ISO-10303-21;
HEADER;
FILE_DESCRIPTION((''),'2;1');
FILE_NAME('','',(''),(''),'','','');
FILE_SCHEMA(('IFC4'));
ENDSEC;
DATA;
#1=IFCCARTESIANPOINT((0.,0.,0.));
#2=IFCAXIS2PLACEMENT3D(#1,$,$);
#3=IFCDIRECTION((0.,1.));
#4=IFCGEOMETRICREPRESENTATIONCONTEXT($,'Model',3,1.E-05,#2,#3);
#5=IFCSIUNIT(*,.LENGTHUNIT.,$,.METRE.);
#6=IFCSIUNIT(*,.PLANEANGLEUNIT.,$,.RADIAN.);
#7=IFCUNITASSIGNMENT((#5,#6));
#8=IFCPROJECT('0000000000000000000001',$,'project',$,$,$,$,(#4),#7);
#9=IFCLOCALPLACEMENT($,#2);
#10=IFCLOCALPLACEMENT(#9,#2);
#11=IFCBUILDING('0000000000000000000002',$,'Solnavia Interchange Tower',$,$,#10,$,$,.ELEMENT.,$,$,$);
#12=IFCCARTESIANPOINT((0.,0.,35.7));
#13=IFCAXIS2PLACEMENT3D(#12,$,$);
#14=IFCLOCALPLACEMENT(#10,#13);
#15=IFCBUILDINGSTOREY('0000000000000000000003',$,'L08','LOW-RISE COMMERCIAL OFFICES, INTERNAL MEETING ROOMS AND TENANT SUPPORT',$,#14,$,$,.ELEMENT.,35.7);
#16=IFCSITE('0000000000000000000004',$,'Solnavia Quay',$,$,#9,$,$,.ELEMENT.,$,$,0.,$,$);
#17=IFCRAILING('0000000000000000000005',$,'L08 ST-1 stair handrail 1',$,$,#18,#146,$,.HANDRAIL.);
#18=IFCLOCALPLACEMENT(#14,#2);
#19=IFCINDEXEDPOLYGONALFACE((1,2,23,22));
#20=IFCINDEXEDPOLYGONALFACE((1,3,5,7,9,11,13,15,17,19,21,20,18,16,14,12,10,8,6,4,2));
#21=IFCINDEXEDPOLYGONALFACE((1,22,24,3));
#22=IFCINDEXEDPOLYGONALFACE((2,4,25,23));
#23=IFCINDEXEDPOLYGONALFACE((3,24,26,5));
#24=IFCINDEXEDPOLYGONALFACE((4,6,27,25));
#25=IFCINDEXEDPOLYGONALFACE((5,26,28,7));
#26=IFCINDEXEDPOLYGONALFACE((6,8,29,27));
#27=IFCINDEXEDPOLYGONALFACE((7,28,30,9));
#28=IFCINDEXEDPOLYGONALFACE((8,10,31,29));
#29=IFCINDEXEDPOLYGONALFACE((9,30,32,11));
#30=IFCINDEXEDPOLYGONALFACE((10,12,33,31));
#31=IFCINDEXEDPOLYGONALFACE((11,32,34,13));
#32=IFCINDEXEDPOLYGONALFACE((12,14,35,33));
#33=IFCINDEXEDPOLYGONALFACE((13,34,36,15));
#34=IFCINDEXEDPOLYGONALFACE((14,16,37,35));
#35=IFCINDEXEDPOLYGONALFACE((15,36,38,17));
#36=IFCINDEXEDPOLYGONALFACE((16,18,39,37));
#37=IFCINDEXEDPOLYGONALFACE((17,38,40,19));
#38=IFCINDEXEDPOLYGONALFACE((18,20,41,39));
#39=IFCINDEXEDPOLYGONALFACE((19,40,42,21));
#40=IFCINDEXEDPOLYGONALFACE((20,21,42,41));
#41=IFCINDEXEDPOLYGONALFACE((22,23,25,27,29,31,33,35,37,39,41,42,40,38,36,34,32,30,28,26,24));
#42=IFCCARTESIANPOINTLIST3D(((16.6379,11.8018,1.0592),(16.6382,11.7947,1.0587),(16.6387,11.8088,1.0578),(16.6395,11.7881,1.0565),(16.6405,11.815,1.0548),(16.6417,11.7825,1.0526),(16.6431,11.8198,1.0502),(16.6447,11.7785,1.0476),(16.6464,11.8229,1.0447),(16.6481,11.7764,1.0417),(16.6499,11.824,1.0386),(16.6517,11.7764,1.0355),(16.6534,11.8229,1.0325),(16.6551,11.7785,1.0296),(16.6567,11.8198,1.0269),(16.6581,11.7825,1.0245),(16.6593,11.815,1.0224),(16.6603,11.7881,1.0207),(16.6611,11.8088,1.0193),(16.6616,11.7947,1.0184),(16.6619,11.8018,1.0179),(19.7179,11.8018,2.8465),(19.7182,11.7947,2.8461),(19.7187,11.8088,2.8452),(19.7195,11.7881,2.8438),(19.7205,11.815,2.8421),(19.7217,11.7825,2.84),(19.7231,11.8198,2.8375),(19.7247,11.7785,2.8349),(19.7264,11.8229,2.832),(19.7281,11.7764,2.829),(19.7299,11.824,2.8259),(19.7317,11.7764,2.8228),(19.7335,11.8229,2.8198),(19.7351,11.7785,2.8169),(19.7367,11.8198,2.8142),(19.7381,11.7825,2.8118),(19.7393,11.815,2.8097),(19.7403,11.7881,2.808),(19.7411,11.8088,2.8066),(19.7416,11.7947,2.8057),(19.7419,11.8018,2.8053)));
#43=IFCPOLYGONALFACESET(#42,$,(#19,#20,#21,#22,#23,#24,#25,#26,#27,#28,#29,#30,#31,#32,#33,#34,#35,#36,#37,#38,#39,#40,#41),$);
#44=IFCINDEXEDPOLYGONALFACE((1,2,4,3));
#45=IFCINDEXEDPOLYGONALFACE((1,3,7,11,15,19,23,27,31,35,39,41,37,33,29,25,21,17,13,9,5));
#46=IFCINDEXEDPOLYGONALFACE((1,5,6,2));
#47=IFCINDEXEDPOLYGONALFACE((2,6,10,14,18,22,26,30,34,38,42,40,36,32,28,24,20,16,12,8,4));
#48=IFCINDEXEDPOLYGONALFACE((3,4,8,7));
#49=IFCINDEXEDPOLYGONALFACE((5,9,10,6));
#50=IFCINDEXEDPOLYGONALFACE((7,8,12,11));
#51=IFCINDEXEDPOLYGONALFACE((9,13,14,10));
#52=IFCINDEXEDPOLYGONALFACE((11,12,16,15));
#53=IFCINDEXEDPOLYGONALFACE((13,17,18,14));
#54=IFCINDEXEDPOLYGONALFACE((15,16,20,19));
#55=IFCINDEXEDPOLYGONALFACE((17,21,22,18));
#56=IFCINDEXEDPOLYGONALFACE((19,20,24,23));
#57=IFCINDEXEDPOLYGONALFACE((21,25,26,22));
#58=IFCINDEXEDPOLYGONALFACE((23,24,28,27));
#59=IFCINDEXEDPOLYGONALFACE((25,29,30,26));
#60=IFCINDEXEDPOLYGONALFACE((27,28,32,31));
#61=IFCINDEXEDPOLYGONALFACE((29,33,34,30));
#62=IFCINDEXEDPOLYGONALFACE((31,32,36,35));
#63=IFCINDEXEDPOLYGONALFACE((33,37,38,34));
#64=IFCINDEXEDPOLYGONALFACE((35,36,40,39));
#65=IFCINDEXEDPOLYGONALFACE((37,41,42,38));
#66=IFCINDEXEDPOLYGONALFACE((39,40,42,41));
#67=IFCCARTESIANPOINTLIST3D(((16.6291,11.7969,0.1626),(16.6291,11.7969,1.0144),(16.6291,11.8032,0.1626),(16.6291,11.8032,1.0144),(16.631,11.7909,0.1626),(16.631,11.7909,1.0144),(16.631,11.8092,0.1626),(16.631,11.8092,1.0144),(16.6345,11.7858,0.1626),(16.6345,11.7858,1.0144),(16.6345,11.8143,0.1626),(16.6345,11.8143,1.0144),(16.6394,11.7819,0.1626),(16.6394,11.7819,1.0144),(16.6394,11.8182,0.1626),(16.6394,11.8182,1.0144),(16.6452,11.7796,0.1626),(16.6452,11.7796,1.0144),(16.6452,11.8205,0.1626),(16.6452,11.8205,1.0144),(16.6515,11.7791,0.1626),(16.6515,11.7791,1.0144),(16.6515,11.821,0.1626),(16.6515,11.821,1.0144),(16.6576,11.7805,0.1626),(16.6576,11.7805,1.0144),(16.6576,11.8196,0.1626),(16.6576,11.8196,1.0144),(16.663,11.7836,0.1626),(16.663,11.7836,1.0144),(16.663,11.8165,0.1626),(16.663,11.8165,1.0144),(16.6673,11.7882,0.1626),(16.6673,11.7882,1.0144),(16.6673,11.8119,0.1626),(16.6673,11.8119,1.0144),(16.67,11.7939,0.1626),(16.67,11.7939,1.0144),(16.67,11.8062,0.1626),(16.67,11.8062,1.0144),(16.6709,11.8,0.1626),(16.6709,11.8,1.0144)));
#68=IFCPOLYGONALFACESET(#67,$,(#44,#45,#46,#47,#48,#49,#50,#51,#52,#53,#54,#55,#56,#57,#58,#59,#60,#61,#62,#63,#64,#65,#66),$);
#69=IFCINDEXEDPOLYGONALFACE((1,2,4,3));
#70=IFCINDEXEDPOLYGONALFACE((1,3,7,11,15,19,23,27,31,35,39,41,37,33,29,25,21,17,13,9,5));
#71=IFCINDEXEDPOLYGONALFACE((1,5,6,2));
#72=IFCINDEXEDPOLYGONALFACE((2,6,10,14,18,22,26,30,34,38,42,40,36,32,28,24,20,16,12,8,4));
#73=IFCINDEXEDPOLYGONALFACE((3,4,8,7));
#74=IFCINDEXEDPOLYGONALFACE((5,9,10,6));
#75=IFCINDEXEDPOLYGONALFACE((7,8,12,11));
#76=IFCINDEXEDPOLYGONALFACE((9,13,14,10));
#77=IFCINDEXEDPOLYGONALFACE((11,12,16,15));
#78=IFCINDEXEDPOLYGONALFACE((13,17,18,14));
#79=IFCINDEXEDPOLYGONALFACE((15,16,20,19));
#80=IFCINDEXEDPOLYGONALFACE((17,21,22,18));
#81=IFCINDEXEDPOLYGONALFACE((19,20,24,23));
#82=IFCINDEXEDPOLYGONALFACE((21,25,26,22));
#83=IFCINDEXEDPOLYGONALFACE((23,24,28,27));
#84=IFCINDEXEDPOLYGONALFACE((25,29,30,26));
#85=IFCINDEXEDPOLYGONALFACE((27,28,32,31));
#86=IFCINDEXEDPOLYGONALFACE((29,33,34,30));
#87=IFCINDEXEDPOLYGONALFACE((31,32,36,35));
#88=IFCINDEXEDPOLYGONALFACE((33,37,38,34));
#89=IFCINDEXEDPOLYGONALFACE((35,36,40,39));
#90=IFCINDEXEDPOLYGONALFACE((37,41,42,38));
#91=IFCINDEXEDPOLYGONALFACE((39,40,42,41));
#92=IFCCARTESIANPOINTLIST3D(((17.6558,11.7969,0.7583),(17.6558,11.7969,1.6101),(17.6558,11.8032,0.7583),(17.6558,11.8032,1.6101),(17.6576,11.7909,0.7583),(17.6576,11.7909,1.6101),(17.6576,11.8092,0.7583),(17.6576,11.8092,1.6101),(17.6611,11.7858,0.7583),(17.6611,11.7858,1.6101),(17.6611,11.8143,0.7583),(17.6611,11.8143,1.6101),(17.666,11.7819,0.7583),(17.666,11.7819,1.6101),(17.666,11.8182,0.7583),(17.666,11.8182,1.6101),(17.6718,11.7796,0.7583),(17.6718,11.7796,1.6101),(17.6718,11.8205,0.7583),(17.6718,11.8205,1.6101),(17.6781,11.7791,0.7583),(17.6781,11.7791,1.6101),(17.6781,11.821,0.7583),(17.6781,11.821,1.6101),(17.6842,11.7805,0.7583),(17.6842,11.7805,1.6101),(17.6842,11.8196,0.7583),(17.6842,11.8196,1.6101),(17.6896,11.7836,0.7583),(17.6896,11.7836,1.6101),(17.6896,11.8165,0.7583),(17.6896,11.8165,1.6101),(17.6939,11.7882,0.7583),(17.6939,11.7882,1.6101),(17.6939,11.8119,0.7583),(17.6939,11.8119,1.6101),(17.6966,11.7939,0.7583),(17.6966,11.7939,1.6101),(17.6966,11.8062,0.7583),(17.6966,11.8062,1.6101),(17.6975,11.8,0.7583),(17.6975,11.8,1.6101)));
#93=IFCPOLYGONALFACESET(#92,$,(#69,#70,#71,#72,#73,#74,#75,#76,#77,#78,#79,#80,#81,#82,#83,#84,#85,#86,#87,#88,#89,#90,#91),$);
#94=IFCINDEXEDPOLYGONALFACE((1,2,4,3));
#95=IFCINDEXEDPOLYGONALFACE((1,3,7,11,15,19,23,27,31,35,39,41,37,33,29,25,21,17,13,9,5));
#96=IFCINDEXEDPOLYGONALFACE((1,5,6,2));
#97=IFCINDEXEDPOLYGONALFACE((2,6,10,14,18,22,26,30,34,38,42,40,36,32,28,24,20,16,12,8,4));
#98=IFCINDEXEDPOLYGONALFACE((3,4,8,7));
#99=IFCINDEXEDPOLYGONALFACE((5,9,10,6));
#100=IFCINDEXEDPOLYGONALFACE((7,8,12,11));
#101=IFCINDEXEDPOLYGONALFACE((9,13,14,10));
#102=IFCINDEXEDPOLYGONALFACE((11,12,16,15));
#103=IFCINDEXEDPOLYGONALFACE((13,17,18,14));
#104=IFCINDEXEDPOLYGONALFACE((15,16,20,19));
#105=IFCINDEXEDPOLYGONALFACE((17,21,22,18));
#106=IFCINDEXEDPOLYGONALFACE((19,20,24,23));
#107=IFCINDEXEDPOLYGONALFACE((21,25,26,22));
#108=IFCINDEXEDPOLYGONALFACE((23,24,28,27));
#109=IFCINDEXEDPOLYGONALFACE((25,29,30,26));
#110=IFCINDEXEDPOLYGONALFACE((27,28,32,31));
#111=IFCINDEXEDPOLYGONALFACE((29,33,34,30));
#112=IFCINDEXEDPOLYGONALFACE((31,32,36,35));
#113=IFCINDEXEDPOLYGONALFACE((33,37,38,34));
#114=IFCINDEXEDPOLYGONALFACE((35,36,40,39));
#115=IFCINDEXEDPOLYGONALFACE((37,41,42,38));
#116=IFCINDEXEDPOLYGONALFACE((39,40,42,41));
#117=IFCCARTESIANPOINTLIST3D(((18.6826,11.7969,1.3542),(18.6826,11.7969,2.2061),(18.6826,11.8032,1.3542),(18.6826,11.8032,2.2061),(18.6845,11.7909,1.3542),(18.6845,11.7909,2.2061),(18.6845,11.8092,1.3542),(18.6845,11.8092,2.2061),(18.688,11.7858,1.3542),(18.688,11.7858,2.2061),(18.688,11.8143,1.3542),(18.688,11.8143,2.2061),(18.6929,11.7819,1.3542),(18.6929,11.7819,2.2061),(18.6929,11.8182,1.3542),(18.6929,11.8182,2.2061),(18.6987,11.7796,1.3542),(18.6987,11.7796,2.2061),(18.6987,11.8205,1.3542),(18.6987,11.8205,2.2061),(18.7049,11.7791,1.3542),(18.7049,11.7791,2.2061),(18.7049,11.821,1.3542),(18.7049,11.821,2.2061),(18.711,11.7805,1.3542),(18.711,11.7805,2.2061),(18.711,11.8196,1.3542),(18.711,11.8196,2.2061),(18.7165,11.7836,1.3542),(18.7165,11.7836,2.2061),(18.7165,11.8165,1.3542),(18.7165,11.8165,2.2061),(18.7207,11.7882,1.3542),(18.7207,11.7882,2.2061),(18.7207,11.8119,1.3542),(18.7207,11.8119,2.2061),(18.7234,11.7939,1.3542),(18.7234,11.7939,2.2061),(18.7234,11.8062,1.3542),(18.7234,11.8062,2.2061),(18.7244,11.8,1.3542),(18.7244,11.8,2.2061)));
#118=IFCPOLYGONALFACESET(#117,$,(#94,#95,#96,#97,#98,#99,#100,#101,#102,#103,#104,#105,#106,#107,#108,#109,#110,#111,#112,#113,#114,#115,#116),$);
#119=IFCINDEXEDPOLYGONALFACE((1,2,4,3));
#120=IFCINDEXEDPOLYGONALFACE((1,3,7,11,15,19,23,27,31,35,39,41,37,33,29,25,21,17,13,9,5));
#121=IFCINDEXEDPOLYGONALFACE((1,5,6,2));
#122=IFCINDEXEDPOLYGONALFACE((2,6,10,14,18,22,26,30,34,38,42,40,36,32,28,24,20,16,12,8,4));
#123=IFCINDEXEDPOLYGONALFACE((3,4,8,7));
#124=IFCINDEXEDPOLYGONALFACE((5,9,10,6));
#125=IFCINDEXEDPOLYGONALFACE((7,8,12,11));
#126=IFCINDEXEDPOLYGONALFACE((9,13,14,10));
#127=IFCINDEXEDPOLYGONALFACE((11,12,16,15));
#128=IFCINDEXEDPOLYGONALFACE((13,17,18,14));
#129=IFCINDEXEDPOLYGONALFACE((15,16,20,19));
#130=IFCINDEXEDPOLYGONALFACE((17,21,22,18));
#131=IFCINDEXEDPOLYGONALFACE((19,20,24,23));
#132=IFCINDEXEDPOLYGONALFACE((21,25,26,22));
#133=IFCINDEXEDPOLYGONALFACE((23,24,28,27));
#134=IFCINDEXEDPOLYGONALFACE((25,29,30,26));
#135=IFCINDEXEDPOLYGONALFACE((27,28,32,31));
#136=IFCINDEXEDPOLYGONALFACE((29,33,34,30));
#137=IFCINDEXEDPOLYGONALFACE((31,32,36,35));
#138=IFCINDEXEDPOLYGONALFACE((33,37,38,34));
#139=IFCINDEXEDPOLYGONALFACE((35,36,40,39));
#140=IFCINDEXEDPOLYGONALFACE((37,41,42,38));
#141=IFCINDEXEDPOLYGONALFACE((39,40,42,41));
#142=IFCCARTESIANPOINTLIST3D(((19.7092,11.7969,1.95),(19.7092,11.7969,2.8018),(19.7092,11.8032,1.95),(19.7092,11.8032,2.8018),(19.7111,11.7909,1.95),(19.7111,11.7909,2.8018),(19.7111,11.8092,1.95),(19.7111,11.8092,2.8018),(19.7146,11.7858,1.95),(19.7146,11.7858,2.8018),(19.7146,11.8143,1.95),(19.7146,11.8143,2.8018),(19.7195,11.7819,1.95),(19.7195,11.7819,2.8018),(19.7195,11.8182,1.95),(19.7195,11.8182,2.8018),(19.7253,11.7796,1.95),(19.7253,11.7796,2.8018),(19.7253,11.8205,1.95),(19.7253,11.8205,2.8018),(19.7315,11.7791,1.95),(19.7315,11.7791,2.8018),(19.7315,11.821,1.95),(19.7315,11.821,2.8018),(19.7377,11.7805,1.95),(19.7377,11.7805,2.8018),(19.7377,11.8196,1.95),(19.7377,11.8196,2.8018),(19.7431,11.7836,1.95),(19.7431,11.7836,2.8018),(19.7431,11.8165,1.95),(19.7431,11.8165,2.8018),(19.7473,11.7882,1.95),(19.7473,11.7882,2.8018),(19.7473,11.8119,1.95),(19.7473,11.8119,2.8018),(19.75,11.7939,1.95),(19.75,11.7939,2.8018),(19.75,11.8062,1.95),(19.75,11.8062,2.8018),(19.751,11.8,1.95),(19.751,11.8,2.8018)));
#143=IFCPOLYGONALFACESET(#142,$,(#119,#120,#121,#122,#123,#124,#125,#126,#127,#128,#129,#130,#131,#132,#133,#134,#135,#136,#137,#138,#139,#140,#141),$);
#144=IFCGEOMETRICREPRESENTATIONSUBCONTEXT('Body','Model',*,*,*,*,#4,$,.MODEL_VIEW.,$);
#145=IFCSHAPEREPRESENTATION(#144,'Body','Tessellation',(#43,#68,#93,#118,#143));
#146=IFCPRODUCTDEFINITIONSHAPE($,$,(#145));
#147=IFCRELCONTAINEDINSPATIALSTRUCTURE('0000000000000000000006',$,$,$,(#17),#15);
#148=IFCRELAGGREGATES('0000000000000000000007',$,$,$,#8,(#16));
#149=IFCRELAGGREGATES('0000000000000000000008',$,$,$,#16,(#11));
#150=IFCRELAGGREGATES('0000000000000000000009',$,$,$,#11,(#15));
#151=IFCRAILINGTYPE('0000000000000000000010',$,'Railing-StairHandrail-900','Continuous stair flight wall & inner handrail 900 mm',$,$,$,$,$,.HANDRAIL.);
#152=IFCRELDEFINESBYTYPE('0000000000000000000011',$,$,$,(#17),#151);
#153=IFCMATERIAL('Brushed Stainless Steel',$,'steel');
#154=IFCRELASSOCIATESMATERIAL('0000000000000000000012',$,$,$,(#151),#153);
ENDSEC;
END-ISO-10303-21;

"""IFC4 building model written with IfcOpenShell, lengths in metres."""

from ifc_helpers import new_model, si_unit, direction, frame, origin, origin_2d, place, context, subcontext, project, spatial, circle, extrude, material, type_object, element, save


model = new_model("IFC4")

# Units and contexts
model_context = context("Model", 3, precision=1e-05, world=origin(), true_north=direction((0.0, 1.0)))
body_context = subcontext(model_context, "Body", "Model", "MODEL_VIEW")
ifc_project = project(units=[si_unit("LENGTHUNIT", "METRE"), si_unit("PLANEANGLEUNIT", "RADIAN")], contexts=[model_context])

# Site, building, storey
site_placement = place(None, origin())
site = spatial("IfcSite", under=ifc_project, at=site_placement, Name="Solnavia Quay", CompositionType="ELEMENT", RefElevation=0.0)
building_placement = place(site_placement, origin())
building = spatial("IfcBuilding", under=site, at=building_placement, Name="Solnavia Interchange Tower", CompositionType="ELEMENT")
storey_placement = place(building_placement, frame((0.0, 0.0, 35.7)))
storey = spatial("IfcBuildingStorey", under=building, at=storey_placement, Name="L08", Description="LOW-RISE COMMERCIAL OFFICES, INTERNAL MEETING ROOMS AND TENANT SUPPORT", CompositionType="ELEMENT", Elevation=35.7)

# Railing
ifc_material_1 = material(Name="Brushed Stainless Steel", Category="steel")
railing_type_1 = type_object("IfcRailingType", Name="Railing-StairHandrail-900", Description="Continuous stair flight wall & inner handrail 900 mm", PredefinedType="HANDRAIL", material=ifc_material_1)
railing_1_placement = place(storey_placement, frame((16.6499, 11.8, 0.1626)))
element("IfcRailing", 1, at=railing_1_placement, inside=storey, type_object=railing_type_1, Name="L08 ST-1 stair handrail 1", PredefinedType="HANDRAIL", context=body_context, shape_type="SweptSolid", body=[
    extrude(circle(Radius=0.0239, at=origin_2d()), frame((0.0, 0.0, 0.876), z_axis=(0.86492, 0.0, 0.501909), x_axis=(0.0, 1.0, 0.0)), (0.0, 0.0, 1.0), 3.561),
    extrude(circle(Radius=0.021, at=origin_2d()), origin(), (0.0, 0.0, 1.0), 0.8518),
    extrude(circle(Radius=0.021, at=origin_2d()), frame((1.0266, 0.0, 0.5957)), (0.0, 0.0, 1.0), 0.8518),
    extrude(circle(Radius=0.021, at=origin_2d()), frame((2.0535, 0.0, 1.1917)), (0.0, 0.0, 1.0), 0.8518),
    extrude(circle(Radius=0.021, at=origin_2d()), frame((3.0801, 0.0, 1.7874)), (0.0, 0.0, 1.0), 0.8518),
])

save(model, "model.ifc")
